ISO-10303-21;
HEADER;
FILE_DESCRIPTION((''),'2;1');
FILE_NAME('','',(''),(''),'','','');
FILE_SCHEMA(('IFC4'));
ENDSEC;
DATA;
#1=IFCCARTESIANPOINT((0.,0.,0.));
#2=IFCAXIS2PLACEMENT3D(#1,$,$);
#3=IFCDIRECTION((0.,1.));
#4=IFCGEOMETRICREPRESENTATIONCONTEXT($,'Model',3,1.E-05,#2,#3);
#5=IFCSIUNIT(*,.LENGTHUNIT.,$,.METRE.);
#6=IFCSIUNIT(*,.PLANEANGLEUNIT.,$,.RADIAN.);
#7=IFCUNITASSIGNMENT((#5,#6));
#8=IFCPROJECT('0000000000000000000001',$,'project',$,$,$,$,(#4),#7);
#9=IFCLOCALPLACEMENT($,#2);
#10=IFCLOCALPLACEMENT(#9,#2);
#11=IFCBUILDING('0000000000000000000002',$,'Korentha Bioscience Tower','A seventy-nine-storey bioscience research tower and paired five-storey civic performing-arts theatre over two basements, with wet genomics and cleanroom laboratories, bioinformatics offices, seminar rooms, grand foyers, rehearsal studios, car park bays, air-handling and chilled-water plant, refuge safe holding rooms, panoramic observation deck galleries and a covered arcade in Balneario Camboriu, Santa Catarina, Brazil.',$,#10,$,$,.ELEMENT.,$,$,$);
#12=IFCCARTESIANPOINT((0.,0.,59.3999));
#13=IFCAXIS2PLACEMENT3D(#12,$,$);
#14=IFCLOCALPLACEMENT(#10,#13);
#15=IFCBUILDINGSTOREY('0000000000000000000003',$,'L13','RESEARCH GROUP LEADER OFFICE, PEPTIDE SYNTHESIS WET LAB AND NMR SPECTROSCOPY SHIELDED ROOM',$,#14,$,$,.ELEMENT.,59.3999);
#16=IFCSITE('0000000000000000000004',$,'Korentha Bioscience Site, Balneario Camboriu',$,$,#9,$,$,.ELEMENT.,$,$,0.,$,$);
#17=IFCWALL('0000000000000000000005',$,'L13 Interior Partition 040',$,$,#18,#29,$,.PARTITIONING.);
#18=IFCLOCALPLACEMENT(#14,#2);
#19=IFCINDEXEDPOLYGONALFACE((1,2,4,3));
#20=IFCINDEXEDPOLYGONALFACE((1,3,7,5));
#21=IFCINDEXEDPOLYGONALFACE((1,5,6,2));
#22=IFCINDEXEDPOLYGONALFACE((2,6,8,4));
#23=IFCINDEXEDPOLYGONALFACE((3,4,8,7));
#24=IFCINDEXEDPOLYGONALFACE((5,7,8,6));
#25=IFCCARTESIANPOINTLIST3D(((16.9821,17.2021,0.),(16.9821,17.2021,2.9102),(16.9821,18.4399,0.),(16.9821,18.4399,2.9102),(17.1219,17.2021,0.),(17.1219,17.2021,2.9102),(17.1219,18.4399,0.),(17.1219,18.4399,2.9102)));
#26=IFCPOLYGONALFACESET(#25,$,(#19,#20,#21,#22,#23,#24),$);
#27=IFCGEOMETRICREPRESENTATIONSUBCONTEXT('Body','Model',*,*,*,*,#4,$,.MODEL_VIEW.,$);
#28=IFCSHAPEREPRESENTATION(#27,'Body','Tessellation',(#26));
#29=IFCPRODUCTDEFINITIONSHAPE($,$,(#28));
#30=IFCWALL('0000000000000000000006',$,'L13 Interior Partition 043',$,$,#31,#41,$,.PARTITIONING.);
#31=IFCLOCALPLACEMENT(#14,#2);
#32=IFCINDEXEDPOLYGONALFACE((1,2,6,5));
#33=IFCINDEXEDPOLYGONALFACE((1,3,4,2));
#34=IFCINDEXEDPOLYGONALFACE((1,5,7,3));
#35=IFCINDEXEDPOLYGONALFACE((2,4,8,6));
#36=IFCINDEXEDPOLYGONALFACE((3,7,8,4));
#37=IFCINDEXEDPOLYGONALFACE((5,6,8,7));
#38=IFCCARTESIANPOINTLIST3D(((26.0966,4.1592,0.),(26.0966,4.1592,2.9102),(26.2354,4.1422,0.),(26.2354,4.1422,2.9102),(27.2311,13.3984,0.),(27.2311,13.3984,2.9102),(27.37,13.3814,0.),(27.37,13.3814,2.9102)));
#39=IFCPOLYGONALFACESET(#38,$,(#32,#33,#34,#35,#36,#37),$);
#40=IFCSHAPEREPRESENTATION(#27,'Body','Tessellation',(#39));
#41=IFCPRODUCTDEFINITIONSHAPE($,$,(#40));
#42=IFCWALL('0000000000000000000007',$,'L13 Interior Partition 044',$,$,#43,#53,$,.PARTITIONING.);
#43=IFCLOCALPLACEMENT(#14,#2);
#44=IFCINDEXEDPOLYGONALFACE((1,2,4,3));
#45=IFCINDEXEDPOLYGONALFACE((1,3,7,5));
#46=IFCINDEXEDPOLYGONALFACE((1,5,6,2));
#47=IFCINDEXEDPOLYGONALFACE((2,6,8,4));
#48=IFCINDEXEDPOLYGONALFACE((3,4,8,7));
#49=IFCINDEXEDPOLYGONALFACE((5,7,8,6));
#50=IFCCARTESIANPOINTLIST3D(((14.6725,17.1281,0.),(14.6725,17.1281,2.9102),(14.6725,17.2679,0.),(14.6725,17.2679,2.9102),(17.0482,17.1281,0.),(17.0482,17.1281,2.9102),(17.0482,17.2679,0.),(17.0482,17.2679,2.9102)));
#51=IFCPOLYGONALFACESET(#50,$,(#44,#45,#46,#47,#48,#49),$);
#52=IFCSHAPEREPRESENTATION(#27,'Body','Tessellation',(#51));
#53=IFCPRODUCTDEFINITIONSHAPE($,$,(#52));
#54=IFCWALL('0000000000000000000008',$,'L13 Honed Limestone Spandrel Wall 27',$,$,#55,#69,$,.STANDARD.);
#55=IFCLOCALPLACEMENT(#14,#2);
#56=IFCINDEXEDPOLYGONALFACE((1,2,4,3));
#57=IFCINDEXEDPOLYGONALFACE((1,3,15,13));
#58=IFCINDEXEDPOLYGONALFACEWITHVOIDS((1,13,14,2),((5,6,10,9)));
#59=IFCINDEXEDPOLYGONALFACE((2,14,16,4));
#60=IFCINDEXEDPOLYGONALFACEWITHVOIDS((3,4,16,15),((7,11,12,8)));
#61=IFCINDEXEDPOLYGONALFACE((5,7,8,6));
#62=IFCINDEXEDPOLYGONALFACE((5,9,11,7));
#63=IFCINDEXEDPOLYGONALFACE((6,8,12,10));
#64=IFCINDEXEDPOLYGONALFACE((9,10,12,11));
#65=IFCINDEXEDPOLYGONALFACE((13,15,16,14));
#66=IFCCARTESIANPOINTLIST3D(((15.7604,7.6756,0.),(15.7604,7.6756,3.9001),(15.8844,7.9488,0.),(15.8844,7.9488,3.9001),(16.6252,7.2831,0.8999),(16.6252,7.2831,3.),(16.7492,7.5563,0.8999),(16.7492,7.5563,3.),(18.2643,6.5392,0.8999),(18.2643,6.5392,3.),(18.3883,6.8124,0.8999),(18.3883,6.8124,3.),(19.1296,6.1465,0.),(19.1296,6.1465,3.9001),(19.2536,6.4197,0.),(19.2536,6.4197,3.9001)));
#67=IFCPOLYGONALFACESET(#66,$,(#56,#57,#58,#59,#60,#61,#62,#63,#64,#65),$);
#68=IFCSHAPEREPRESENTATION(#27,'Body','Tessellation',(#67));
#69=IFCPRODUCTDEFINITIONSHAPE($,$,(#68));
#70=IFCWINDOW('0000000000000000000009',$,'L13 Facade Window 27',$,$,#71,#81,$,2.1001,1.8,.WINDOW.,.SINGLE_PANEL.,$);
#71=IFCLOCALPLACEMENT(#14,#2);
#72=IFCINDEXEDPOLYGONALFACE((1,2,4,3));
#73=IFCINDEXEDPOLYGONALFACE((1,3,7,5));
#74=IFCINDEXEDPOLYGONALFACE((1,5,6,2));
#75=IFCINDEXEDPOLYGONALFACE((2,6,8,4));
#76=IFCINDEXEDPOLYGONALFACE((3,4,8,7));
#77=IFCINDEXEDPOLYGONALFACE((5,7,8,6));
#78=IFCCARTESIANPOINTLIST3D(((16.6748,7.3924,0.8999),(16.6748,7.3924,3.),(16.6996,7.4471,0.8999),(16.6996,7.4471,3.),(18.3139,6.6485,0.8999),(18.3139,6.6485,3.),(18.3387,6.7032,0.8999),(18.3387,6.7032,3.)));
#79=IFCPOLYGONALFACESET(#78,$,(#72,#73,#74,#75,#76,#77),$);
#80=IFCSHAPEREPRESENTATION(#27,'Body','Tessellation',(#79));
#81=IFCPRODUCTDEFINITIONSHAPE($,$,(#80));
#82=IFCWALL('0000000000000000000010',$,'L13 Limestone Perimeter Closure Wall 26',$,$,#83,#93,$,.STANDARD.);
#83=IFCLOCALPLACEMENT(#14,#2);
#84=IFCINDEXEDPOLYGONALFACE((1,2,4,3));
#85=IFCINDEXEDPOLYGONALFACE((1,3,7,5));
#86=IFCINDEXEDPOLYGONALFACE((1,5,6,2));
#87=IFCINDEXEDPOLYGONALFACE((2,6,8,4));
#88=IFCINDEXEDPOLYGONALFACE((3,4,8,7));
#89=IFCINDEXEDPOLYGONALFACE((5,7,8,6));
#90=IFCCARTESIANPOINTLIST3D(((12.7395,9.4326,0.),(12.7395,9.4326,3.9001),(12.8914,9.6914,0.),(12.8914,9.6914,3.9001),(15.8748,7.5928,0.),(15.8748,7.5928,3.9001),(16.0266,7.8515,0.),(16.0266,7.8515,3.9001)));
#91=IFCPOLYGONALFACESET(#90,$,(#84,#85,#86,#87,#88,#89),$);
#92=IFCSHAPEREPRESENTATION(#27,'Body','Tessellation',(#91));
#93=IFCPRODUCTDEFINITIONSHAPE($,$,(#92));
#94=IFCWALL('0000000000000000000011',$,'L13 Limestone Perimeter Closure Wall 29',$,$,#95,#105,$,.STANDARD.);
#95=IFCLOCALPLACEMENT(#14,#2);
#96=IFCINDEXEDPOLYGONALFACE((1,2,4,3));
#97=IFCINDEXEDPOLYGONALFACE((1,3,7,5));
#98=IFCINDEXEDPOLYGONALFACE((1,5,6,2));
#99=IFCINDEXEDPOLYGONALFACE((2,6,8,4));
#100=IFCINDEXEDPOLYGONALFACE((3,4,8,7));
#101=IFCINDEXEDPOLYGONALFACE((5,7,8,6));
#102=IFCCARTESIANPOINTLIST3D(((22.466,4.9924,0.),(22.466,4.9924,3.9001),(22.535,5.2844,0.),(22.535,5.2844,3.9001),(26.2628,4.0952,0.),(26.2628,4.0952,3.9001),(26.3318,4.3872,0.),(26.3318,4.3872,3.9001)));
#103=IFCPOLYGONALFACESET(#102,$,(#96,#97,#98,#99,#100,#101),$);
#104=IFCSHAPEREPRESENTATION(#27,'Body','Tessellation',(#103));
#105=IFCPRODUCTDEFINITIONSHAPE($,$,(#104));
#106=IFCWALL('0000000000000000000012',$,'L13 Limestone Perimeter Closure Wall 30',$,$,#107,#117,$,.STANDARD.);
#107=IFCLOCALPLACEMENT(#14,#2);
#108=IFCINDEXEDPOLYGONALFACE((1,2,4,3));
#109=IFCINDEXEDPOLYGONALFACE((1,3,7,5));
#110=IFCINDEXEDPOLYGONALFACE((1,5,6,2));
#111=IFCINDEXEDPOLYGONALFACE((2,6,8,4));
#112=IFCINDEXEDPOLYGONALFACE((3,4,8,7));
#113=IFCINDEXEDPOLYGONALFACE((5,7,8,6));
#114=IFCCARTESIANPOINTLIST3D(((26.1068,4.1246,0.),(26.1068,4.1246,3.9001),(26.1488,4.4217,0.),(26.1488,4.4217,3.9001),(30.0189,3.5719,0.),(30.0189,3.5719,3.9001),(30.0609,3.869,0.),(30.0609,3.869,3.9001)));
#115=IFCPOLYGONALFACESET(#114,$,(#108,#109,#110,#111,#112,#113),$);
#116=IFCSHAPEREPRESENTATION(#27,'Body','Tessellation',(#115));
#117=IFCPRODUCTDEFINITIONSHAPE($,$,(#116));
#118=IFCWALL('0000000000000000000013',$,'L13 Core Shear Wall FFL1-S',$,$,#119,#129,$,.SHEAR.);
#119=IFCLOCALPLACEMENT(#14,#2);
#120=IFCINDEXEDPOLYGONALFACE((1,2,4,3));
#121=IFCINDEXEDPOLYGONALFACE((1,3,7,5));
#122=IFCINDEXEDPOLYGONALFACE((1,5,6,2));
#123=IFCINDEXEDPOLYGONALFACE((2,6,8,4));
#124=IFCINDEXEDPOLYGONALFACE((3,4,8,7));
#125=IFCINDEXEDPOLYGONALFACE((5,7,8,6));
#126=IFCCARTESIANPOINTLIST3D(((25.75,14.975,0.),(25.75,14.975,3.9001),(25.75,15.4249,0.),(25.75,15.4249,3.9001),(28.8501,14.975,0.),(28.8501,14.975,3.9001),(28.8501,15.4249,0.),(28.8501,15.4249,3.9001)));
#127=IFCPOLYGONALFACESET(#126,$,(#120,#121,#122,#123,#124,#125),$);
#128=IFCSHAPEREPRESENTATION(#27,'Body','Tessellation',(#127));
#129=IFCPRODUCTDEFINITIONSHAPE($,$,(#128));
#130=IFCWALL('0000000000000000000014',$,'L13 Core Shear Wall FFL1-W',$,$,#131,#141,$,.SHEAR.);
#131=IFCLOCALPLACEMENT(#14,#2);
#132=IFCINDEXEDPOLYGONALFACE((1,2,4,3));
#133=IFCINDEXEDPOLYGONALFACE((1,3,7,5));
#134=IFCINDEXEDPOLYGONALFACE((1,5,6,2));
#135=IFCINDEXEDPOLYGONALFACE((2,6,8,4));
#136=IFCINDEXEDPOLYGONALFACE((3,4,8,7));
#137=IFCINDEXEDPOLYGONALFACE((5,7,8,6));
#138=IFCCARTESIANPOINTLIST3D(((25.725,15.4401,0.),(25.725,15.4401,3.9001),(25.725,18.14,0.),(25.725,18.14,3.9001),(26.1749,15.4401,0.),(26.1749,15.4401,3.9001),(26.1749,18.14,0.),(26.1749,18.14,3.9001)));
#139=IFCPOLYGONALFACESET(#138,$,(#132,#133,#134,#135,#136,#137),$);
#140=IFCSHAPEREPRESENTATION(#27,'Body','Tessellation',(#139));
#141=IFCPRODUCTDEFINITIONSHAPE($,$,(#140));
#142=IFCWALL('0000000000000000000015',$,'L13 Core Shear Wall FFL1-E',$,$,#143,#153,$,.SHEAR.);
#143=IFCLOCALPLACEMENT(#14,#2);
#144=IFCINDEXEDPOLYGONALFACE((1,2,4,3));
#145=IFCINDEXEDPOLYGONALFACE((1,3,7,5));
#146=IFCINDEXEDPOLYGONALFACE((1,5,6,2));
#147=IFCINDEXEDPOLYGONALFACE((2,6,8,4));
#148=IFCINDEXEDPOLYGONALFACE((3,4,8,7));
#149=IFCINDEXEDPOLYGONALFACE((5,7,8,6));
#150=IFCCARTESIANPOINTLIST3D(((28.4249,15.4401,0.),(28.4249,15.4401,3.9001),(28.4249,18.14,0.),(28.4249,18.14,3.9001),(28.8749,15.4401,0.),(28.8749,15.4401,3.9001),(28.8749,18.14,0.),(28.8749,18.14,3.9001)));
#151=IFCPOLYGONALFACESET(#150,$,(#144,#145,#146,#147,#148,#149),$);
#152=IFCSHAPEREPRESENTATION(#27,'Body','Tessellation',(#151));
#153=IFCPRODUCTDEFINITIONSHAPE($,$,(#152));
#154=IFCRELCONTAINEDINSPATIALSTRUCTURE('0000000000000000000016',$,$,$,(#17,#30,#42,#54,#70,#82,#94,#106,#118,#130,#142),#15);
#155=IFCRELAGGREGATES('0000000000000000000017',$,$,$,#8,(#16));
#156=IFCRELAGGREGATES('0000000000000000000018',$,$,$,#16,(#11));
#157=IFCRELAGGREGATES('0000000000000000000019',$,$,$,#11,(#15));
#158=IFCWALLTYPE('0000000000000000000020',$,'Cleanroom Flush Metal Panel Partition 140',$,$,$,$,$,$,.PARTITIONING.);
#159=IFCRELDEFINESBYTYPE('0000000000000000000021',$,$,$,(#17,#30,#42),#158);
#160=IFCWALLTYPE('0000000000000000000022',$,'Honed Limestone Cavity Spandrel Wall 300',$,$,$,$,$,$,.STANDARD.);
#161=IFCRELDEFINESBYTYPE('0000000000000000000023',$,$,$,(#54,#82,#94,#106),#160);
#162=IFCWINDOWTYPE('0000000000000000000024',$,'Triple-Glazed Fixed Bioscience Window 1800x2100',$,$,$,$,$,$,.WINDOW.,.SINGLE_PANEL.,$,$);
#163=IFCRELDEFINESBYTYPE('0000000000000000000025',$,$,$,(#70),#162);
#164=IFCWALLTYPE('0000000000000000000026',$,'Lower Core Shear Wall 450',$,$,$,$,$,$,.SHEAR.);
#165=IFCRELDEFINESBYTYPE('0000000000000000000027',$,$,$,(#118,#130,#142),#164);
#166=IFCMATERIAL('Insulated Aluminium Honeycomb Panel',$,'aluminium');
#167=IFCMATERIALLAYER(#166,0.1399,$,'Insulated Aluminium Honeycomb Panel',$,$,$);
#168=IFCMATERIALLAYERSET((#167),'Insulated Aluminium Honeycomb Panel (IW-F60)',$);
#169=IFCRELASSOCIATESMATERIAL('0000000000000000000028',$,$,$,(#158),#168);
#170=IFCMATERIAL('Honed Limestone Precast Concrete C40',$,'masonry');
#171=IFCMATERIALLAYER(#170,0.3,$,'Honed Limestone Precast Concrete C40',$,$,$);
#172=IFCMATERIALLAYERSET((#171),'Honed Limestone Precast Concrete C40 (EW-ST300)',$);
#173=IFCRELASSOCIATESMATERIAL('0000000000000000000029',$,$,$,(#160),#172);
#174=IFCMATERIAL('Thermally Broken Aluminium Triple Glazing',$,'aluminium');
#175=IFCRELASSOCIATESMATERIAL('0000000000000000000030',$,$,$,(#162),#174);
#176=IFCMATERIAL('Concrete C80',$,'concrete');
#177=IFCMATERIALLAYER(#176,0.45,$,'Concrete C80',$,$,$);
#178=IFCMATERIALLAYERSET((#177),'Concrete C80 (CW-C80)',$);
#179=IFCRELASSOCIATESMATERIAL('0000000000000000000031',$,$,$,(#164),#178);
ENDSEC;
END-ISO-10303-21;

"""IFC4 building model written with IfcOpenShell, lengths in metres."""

from ifc_helpers import new_model, si_unit, direction, frame, frame_2d, origin, place, context, subcontext, project, spatial, rectangle, extrude, material, layer, layer_set, type_object, element, fill, save


model = new_model("IFC4")

# Units and contexts
model_context = context("Model", 3, precision=1e-05, world=origin(), true_north=direction((0.0, 1.0)))
body_context = subcontext(model_context, "Body", "Model", "MODEL_VIEW")
ifc_project = project(units=[si_unit("LENGTHUNIT", "METRE"), si_unit("PLANEANGLEUNIT", "RADIAN")], contexts=[model_context])

# Site, building, storey
site_placement = place(None, origin())
site = spatial("IfcSite", under=ifc_project, at=site_placement, Name="Korentha Bioscience Site, Balneario Camboriu", CompositionType="ELEMENT", RefElevation=0.0)
building_placement = place(site_placement, origin())
building = spatial("IfcBuilding", under=site, at=building_placement, Name="Korentha Bioscience Tower", Description="A seventy-nine-storey bioscience research tower and paired five-storey civic performing-arts theatre over two basements, with wet genomics and cleanroom laboratories, bioinformatics offices, seminar rooms, grand foyers, rehearsal studios, car park bays, air-handling and chilled-water plant, refuge safe holding rooms, panoramic observation deck galleries and a covered arcade in Balneario Camboriu, Santa Catarina, Brazil.", CompositionType="ELEMENT")
storey_placement = place(building_placement, frame((0.0, 0.0, 59.3999)))
storey = spatial("IfcBuildingStorey", under=building, at=storey_placement, Name="L13", Description="RESEARCH GROUP LEADER OFFICE, PEPTIDE SYNTHESIS WET LAB AND NMR SPECTROSCOPY SHIELDED ROOM", CompositionType="ELEMENT", Elevation=59.3999)

# Shared definitions
ifc_material_1 = material(Name="Concrete C80", Category="concrete")

# Shared definitions
ifc_material_2 = material(Name="Insulated Aluminium Honeycomb Panel", Category="aluminium")
ifc_layer_1 = layer(ifc_material_2, 0.1399, Name="Insulated Aluminium Honeycomb Panel")
ifc_layer_set_1 = layer_set([ifc_layer_1], Name="Insulated Aluminium Honeycomb Panel (IW-F60)")
wall_type_1 = type_object("IfcWallType", Name="Cleanroom Flush Metal Panel Partition 140", PredefinedType="PARTITIONING", material=ifc_layer_set_1)

# Walls
wall_1_placement = place(storey_placement, frame((17.052, 17.2021, 0.0), z_axis=(0.0, 0.0, 1.0), x_axis=(0.0, 1.0, 0.0)))
element("IfcWall", 1, at=wall_1_placement, inside=storey, type_object=wall_type_1, Name="L13 Interior Partition 040", PredefinedType="PARTITIONING", context=body_context, shape_type="SweptSolid", body=[
    extrude(rectangle(XDim=1.2378, YDim=0.1399, at=frame_2d((0.6189, 0.0))), origin(), (0.0, 0.0, 1.0), 2.9102),
])
wall_2_placement = place(storey_placement, frame((27.3005, 13.3899, 0.0), z_axis=(0.0, 0.0, 1.0), x_axis=(-0.121878, -0.992545, 0.0)))
element("IfcWall", 2, at=wall_2_placement, inside=storey, type_object=wall_type_1, Name="L13 Interior Partition 043", PredefinedType="PARTITIONING", context=body_context, shape_type="SweptSolid", body=[
    extrude(rectangle(XDim=9.3086, YDim=0.1399, at=frame_2d((4.6543, 0.0))), origin(), (0.0, 0.0, 1.0), 2.9102),
])
wall_3_placement = place(storey_placement, frame((14.6724, 17.198, 0.0), z_axis=(0.0, 0.0, 1.0), x_axis=(1.0, 0.0, 0.0)))
element("IfcWall", 3, at=wall_3_placement, inside=storey, type_object=wall_type_1, Name="L13 Interior Partition 044", PredefinedType="PARTITIONING", context=body_context, shape_type="SweptSolid", body=[
    extrude(rectangle(XDim=2.3757, YDim=0.1399, at=frame_2d((1.188, 0.0))), origin(), (0.0, 0.0, 1.0), 2.9102),
])

# Wall, opening, window
ifc_material_3 = material(Name="Honed Limestone Precast Concrete C40", Category="masonry")
ifc_layer_2 = layer(ifc_material_3, 0.3, Name="Honed Limestone Precast Concrete C40")
ifc_layer_set_2 = layer_set([ifc_layer_2], Name="Honed Limestone Precast Concrete C40 (EW-ST300)")
wall_type_2 = type_object("IfcWallType", Name="Honed Limestone Cavity Spandrel Wall 300", PredefinedType="STANDARD", material=ifc_layer_set_2)
wall_4_placement = place(storey_placement, frame((15.8223, 7.8123, 0.0), z_axis=(0.0, 0.0, 1.0), x_axis=(0.910608, -0.413271, 0.0)))
wall_4 = element("IfcWall", 4, at=wall_4_placement, inside=storey, type_object=wall_type_2, Name="L13 Honed Limestone Spandrel Wall 27", PredefinedType="STANDARD", context=body_context, shape_type="SweptSolid", body=[
    extrude(rectangle(XDim=3.7, YDim=0.3, at=frame_2d((1.8501, 0.0))), origin(), (0.0, 0.0, 1.0), 3.9001),
])
opening_1_placement = place(wall_4_placement, frame((0.95, 0.0, 0.8999)))
opening_1 = element("IfcOpeningElement", 5, at=opening_1_placement, cuts=wall_4, PredefinedType="OPENING", context=body_context, shape_type="SweptSolid", body=[
    extrude(rectangle(XDim=1.8, YDim=2.1001, at=frame_2d((0.8999, 1.05))), frame((0.0, 0.165, 0.0), z_axis=(0.0, -1.0, 0.0), x_axis=(1.0, 0.0, 0.0)), (0.0, 0.0, 1.0), 0.3298),
])
ifc_material_4 = material(Name="Thermally Broken Aluminium Triple Glazing", Category="aluminium")
window_type = type_object("IfcWindowType", Name="Triple-Glazed Fixed Bioscience Window 1800x2100", PartitioningType="SINGLE_PANEL", PredefinedType="WINDOW", material=ifc_material_4)
window_placement = place(opening_1_placement, origin())
window = element("IfcWindow", 6, at=window_placement, inside=storey, type_object=window_type, Name="L13 Facade Window 27", OverallHeight=2.1001, OverallWidth=1.8, PartitioningType="SINGLE_PANEL", PredefinedType="WINDOW", context=body_context, shape_type="SweptSolid", body=[
    extrude(rectangle(XDim=1.8, YDim=2.1001, at=frame_2d((0.8999, 1.05))), frame((0.0, 0.03, 0.0), z_axis=(0.0, -1.0, 0.0), x_axis=(1.0, 0.0, 0.0)), (0.0, 0.0, 1.0), 0.0601),
])
fill(opening_1, window)

# Walls
wall_5_placement = place(storey_placement, frame((12.8154, 9.562, 0.0), z_axis=(0.0, 0.0, 1.0), x_axis=(0.862465, -0.506116, 0.0)))
element("IfcWall", 7, at=wall_5_placement, inside=storey, type_object=wall_type_2, Name="L13 Limestone Perimeter Closure Wall 26", PredefinedType="STANDARD", context=body_context, shape_type="SweptSolid", body=[
    extrude(rectangle(XDim=3.6353, YDim=0.3, at=frame_2d((1.8176, 0.0))), origin(), (0.0, 0.0, 1.0), 3.9001),
])
wall_6_placement = place(storey_placement, frame((22.5005, 5.1384, 0.0), z_axis=(0.0, 0.0, 1.0), x_axis=(0.973198, -0.22997, 0.0)))
element("IfcWall", 8, at=wall_6_placement, inside=storey, type_object=wall_type_2, Name="L13 Limestone Perimeter Closure Wall 29", PredefinedType="STANDARD", context=body_context, shape_type="SweptSolid", body=[
    extrude(rectangle(XDim=3.9014, YDim=0.3, at=frame_2d((1.9507, 0.0))), origin(), (0.0, 0.0, 1.0), 3.9001),
])
wall_7_placement = place(storey_placement, frame((26.1277, 4.2732, 0.0), z_axis=(0.0, 0.0, 1.0), x_axis=(0.990166, -0.139899, 0.0)))
element("IfcWall", 9, at=wall_7_placement, inside=storey, type_object=wall_type_2, Name="L13 Limestone Perimeter Closure Wall 30", PredefinedType="STANDARD", context=body_context, shape_type="SweptSolid", body=[
    extrude(rectangle(XDim=3.9509, YDim=0.3, at=frame_2d((1.9756, 0.0))), origin(), (0.0, 0.0, 1.0), 3.9001),
])
ifc_layer_3 = layer(ifc_material_1, 0.45, Name="Concrete C80")
ifc_layer_set_3 = layer_set([ifc_layer_3], Name="Concrete C80 (CW-C80)")
wall_type_3 = type_object("IfcWallType", Name="Lower Core Shear Wall 450", PredefinedType="SHEAR", material=ifc_layer_set_3)
wall_8_placement = place(storey_placement, frame((25.75, 15.2, 0.0), z_axis=(0.0, 0.0, 1.0), x_axis=(1.0, 0.0, 0.0)))
element("IfcWall", 10, at=wall_8_placement, inside=storey, type_object=wall_type_3, Name="L13 Core Shear Wall FFL1-S", PredefinedType="SHEAR", context=body_context, shape_type="SweptSolid", body=[
    extrude(rectangle(XDim=3.1001, YDim=0.45, at=frame_2d((1.55, 0.0))), origin(), (0.0, 0.0, 1.0), 3.9001),
])
for number, where, z_axis, x_axis, name in (
    (11, (25.95, 15.4399, 0.0), (0.0, 0.0, 1.0), (0.0, 1.0, 0.0), "L13 Core Shear Wall FFL1-W"),
    (12, (28.6499, 15.4399, 0.0), (0.0, 0.0, 1.0), (0.0, 1.0, 0.0), "L13 Core Shear Wall FFL1-E"),
):
    element("IfcWall", number, at=place(storey_placement, frame(where, z_axis=z_axis, x_axis=x_axis)), inside=storey, type_object=wall_type_3, Name=name, PredefinedType="SHEAR", context=body_context, shape_type="SweptSolid", body=[
        extrude(rectangle(XDim=2.7, YDim=0.45, at=frame_2d((1.3501, 0.0))), origin(), (0.0, 0.0, 1.0), 3.9001),
    ])

save(model, "model.ifc")
